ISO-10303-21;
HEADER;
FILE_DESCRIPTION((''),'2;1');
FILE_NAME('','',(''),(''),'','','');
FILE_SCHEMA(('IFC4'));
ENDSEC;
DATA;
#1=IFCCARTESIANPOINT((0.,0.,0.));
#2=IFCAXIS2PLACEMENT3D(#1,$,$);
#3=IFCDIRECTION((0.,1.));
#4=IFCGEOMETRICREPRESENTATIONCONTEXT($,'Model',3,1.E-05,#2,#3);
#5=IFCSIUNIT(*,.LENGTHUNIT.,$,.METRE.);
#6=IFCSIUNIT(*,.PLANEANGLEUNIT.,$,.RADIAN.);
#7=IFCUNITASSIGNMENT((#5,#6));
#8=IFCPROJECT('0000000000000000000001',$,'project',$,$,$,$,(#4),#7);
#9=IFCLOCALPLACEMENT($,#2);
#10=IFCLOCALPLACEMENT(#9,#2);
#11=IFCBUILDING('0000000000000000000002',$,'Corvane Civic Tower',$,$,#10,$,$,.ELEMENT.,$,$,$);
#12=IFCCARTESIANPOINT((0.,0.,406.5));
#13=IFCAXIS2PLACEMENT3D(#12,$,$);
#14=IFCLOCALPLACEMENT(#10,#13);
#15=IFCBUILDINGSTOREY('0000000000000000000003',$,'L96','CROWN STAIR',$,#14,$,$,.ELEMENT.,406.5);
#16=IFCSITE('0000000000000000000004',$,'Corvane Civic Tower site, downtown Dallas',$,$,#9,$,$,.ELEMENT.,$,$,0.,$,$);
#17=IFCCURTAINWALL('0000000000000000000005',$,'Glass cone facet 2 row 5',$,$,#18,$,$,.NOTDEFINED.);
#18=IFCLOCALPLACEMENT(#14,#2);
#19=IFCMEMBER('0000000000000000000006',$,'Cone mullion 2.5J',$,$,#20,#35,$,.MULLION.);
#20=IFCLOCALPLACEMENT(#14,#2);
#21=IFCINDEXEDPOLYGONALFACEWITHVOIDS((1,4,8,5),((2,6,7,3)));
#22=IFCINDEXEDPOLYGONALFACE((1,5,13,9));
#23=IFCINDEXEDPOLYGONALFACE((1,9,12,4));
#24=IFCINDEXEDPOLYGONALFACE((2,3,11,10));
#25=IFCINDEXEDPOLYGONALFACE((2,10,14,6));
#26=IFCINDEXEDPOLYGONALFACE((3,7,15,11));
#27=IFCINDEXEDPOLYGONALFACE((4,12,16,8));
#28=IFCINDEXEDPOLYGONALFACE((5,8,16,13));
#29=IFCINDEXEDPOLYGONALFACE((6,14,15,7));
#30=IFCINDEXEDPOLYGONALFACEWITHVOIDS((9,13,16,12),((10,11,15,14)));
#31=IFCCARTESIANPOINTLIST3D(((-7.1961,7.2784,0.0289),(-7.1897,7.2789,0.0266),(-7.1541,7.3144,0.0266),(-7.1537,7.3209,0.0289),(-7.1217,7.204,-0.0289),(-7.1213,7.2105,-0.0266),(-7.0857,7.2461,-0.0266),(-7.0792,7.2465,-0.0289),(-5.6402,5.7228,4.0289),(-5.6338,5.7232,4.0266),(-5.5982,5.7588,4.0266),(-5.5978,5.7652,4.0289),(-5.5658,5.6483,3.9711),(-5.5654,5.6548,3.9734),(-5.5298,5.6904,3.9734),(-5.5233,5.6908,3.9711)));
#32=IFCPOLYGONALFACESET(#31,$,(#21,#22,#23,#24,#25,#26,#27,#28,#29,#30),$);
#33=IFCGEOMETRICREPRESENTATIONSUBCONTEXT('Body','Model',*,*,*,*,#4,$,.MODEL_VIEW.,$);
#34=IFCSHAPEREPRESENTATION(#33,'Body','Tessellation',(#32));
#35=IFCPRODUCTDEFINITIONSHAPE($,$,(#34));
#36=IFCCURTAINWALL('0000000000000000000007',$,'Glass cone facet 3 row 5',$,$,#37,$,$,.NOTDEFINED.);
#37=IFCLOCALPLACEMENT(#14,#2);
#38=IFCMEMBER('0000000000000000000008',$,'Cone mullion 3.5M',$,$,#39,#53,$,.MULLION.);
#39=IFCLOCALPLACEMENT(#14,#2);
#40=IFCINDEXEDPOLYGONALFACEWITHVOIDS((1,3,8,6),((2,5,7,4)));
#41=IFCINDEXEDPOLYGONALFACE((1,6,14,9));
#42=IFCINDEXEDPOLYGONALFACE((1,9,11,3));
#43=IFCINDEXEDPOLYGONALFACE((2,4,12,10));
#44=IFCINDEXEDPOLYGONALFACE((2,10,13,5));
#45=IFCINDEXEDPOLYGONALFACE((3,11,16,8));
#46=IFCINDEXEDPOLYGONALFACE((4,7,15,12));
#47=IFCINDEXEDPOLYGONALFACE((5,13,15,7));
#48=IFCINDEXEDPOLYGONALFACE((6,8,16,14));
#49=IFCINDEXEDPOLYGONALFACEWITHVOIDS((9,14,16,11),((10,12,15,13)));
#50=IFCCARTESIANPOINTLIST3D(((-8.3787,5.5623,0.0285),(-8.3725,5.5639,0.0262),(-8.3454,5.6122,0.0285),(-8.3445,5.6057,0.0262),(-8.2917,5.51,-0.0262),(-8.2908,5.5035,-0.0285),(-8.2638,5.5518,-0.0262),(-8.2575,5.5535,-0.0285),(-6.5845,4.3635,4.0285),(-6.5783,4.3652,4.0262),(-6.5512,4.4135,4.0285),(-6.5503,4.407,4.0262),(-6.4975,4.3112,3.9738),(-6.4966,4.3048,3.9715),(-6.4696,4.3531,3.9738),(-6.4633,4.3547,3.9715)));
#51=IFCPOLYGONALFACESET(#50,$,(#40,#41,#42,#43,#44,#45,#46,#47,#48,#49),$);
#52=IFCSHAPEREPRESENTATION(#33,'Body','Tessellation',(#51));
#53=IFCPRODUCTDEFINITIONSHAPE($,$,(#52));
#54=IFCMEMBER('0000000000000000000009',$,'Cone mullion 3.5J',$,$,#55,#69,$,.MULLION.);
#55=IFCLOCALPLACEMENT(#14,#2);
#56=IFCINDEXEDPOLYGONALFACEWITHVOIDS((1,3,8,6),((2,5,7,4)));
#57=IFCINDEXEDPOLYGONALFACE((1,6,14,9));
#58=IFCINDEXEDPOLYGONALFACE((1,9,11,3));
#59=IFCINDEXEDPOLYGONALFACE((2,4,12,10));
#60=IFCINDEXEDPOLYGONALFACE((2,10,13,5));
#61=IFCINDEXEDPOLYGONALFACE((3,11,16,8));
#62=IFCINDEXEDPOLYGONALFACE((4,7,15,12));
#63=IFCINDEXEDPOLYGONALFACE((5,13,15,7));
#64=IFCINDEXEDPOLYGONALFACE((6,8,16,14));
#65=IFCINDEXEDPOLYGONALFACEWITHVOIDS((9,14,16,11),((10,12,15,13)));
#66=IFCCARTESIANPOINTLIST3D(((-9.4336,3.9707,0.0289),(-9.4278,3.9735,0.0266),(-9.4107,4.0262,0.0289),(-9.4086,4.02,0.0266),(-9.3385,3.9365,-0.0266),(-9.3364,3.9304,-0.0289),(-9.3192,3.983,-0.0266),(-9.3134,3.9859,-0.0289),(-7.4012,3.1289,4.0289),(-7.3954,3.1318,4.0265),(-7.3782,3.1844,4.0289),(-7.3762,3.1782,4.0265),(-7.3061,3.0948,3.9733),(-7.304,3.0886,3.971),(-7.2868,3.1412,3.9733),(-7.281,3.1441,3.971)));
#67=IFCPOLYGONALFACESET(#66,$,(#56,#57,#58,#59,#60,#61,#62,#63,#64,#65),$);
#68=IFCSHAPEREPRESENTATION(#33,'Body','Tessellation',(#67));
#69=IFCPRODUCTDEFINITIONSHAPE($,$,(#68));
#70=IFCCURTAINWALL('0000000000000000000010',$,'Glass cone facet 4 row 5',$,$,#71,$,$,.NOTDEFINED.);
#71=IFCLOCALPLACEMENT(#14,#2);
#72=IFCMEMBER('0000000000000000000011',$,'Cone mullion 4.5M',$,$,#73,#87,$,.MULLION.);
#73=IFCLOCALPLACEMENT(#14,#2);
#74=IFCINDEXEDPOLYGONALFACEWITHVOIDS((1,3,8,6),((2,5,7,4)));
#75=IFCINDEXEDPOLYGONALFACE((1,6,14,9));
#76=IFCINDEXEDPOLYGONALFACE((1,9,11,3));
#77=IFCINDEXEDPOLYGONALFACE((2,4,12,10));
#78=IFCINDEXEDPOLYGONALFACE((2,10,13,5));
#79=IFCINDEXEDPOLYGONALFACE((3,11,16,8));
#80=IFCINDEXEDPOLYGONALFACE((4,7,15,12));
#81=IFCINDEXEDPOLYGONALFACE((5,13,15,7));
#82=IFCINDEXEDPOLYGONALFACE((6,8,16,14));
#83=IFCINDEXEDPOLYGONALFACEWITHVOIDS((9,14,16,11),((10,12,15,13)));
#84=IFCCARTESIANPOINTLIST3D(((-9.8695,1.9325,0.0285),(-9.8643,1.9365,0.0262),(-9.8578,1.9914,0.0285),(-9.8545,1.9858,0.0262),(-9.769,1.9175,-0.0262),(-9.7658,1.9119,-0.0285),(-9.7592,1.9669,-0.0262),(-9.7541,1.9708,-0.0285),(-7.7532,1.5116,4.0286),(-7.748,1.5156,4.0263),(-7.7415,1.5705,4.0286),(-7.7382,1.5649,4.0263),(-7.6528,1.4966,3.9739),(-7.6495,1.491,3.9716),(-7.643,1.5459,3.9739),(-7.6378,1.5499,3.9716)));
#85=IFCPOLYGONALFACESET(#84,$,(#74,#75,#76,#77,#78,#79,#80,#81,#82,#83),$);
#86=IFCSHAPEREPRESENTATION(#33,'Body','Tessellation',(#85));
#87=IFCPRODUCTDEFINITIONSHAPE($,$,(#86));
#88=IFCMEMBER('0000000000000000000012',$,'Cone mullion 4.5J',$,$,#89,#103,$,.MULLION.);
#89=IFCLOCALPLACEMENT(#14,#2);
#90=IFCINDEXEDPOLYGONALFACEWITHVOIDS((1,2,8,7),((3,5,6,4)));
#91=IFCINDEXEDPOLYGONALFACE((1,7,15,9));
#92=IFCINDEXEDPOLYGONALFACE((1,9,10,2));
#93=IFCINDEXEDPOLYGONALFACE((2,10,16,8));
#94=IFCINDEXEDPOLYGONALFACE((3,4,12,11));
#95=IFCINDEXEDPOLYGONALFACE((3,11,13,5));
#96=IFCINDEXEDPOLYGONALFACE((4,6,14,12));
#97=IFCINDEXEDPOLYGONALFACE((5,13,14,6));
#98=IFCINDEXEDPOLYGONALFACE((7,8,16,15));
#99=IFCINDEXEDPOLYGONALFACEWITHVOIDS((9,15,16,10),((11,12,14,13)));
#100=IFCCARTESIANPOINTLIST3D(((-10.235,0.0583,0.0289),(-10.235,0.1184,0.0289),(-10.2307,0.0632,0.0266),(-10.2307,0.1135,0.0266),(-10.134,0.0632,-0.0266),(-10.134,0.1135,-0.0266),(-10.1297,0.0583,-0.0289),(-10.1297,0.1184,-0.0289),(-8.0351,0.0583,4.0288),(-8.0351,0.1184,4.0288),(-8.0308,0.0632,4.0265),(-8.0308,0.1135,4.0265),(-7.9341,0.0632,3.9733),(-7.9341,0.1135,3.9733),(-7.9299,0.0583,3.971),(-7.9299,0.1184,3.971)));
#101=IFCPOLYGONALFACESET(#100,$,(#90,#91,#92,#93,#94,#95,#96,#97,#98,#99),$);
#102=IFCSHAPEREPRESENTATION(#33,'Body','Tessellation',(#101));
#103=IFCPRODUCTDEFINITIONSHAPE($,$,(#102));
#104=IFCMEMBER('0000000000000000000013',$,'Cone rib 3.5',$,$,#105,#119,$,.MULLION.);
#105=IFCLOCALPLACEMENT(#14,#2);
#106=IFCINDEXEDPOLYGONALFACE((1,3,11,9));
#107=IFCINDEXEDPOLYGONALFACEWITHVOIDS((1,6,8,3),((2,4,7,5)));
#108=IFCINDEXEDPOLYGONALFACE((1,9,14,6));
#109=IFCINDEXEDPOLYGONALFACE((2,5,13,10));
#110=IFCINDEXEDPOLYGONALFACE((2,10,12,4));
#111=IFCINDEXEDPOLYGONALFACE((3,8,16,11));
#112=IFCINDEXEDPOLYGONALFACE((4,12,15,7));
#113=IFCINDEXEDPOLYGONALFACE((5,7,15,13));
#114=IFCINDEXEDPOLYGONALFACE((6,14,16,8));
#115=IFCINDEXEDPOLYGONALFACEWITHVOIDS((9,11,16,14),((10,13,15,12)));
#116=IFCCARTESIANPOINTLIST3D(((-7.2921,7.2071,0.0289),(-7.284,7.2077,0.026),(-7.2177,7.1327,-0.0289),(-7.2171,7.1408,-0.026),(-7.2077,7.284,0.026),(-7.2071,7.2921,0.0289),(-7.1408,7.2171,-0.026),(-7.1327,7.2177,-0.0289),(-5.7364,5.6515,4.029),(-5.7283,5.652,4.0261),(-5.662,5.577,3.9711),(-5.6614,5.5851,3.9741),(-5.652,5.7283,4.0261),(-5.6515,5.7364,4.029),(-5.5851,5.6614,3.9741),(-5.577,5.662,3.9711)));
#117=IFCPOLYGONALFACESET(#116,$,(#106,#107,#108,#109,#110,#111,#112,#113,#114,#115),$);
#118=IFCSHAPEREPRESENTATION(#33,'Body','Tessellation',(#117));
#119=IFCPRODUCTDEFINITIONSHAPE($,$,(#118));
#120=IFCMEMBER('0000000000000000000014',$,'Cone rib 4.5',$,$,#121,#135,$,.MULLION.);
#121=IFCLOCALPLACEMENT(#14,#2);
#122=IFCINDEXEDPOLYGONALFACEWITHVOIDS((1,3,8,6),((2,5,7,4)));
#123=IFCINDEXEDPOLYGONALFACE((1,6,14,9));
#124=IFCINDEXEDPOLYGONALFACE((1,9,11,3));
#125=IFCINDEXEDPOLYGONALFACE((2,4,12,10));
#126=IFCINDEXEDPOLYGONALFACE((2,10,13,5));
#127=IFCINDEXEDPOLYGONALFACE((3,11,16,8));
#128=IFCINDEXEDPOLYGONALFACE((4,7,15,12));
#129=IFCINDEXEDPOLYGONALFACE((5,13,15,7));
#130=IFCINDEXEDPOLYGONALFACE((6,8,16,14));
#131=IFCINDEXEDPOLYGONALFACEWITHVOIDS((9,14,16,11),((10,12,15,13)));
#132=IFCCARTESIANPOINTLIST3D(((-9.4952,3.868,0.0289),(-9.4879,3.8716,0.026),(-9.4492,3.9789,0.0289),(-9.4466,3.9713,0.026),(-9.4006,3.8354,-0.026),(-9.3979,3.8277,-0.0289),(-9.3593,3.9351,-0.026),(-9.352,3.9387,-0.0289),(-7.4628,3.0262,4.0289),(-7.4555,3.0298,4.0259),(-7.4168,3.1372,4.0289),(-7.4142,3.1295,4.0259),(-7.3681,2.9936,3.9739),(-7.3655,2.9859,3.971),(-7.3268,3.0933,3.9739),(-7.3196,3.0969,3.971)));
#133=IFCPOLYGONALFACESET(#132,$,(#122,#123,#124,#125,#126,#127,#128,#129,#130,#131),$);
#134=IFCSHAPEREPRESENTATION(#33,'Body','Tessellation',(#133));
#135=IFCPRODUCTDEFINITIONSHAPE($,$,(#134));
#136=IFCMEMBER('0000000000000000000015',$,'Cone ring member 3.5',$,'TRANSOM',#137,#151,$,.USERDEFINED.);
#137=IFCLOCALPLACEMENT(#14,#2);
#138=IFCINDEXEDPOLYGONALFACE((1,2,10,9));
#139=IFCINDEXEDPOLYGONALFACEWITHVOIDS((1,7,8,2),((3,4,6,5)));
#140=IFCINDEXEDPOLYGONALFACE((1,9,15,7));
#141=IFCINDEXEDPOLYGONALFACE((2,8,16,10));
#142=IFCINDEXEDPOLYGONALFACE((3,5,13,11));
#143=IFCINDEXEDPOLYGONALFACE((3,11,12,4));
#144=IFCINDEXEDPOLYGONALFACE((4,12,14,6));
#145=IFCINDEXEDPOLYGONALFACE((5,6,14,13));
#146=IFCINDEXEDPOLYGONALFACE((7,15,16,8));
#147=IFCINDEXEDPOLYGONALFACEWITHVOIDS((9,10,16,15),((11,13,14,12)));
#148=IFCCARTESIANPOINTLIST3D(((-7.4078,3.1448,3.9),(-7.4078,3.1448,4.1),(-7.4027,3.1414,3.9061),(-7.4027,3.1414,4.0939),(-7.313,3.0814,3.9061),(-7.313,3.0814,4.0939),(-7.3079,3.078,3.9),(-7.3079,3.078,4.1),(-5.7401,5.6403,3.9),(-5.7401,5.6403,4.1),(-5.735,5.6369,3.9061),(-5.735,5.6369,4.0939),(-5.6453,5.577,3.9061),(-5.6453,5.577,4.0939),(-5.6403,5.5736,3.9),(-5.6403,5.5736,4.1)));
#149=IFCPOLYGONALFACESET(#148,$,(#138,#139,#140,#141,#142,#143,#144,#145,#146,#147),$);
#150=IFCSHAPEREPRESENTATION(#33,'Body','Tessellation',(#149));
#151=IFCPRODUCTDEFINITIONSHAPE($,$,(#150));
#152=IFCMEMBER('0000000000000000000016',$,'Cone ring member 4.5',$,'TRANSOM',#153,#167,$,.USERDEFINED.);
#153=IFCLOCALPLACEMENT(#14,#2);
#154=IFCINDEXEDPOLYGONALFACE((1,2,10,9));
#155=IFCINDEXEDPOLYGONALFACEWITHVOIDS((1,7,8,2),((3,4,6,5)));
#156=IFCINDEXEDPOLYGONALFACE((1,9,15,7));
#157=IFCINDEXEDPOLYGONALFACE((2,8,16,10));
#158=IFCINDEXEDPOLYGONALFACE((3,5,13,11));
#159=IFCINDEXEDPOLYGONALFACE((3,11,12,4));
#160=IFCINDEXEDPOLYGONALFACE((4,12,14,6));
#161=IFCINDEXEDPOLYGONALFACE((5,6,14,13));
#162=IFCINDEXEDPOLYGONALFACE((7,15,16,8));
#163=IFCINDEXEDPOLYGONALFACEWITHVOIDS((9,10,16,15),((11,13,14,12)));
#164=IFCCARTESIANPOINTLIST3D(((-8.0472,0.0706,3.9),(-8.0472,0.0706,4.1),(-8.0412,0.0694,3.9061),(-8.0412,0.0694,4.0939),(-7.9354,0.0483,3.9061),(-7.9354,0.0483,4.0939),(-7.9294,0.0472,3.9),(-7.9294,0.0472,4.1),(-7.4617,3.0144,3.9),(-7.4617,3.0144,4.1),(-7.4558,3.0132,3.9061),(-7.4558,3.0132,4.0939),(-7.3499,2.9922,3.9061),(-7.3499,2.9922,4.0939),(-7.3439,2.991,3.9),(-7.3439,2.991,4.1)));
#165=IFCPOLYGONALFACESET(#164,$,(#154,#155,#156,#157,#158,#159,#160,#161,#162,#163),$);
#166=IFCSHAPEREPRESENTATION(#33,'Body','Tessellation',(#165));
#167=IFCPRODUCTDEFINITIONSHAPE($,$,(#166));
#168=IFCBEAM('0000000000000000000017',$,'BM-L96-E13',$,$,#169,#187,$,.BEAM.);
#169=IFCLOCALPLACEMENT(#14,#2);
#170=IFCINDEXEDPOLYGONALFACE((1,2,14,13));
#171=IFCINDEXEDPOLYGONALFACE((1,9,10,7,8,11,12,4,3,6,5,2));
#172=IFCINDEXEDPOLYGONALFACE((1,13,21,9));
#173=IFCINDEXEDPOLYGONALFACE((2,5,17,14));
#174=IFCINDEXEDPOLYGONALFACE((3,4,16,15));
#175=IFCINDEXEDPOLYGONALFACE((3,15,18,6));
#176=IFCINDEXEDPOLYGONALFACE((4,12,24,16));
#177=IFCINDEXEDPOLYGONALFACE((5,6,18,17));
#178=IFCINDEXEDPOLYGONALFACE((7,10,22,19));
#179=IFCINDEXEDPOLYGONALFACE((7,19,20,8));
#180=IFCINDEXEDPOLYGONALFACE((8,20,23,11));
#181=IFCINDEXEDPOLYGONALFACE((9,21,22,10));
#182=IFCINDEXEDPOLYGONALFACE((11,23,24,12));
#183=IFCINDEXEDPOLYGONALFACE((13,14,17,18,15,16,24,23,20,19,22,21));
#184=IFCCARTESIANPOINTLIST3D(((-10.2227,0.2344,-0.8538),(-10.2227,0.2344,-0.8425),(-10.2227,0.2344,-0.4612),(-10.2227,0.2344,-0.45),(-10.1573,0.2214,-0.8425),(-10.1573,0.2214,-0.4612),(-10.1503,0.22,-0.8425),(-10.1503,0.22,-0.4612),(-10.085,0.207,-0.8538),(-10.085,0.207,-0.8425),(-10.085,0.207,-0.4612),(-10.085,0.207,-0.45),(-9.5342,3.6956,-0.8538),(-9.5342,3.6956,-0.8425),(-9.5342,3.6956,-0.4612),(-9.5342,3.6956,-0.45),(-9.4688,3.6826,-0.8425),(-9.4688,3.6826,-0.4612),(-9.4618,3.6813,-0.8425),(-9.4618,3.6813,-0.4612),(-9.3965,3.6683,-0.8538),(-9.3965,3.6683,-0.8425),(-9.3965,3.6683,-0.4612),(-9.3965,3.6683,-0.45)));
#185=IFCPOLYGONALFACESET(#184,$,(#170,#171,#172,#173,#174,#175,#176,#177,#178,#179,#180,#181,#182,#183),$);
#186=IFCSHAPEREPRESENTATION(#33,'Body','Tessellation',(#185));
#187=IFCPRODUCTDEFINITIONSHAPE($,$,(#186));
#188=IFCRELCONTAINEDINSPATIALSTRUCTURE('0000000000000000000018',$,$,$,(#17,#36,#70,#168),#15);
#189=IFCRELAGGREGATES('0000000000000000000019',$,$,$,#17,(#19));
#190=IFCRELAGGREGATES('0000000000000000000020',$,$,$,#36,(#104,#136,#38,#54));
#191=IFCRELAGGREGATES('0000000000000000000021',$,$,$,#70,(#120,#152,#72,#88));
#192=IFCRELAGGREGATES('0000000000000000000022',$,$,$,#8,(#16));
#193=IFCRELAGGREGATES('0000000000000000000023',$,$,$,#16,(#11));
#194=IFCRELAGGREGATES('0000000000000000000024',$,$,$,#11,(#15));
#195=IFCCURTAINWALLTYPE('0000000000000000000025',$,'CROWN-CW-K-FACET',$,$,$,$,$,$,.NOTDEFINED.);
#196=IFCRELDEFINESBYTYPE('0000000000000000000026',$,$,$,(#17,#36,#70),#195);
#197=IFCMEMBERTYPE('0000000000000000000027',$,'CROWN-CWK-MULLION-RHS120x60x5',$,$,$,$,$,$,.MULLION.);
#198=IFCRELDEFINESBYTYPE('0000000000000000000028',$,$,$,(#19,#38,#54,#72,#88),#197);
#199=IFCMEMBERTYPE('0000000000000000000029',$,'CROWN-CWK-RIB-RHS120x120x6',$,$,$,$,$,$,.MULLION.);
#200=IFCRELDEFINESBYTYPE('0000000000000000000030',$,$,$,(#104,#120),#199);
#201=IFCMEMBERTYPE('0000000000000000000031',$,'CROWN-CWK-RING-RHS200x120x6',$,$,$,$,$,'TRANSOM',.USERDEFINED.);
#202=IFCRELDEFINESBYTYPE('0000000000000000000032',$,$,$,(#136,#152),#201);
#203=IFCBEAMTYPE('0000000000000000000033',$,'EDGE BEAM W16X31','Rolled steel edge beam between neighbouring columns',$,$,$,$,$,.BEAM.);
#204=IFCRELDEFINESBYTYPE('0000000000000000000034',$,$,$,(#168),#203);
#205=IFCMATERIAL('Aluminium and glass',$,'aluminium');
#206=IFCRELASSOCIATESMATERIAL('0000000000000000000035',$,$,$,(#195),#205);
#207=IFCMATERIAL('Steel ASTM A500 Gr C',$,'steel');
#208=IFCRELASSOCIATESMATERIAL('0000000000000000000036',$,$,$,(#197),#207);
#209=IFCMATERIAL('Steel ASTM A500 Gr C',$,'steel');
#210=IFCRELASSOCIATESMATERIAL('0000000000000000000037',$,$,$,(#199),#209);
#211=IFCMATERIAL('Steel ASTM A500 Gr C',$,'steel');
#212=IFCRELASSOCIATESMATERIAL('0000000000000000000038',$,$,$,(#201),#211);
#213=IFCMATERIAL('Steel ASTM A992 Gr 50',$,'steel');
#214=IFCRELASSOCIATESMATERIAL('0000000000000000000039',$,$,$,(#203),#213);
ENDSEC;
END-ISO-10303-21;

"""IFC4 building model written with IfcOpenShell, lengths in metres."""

from ifc_helpers import new_model, si_unit, direction, frame, origin, origin_2d, place, context, subcontext, project, spatial, hollow_rectangle, i_section, extrude, material, material_profile, profile_set, type_object, element, aggregate, save


model = new_model("IFC4")

# Units and contexts
model_context = context("Model", 3, precision=1e-05, world=origin(), true_north=direction((0.0, 1.0)))
body_context = subcontext(model_context, "Body", "Model", "MODEL_VIEW")
ifc_project = project(units=[si_unit("LENGTHUNIT", "METRE"), si_unit("PLANEANGLEUNIT", "RADIAN")], contexts=[model_context])

# Site, building, storey
site_placement = place(None, origin())
site = spatial("IfcSite", under=ifc_project, at=site_placement, Name="Corvane Civic Tower site, downtown Dallas", CompositionType="ELEMENT", RefElevation=0.0)
building_placement = place(site_placement, origin())
building = spatial("IfcBuilding", under=site, at=building_placement, Name="Corvane Civic Tower", CompositionType="ELEMENT")
storey_placement = place(building_placement, frame((0.0, 0.0, 406.5)))
storey = spatial("IfcBuildingStorey", under=building, at=storey_placement, Name="L96", Description="CROWN STAIR", CompositionType="ELEMENT", Elevation=406.5)

# Curtain walls, members
ifc_material_1 = material(Name="Aluminium and glass", Category="aluminium")
curtain_wall_type = type_object("IfcCurtainWallType", Name="CROWN-CW-K-FACET", PredefinedType="NOTDEFINED", material=ifc_material_1)
curtain_wall_1_placement = place(storey_placement, origin())
curtain_wall_1 = element("IfcCurtainWall", 1, at=curtain_wall_1_placement, inside=storey, type_object=curtain_wall_type, Name="Glass cone facet 2 row 5", PredefinedType="NOTDEFINED")
ifc_material_2 = material(Name="Steel ASTM A500 Gr C", Category="steel")
ifc_material_profile_1 = material_profile(ifc_material_2, hollow_rectangle(XDim=0.0601, YDim=0.1201, WallThickness=0.0049, at=origin_2d()), Name="RHS 120x60x5")
ifc_profile_set_1 = profile_set([ifc_material_profile_1], Name="Steel ASTM A500 Gr C")
member_type_1 = type_object("IfcMemberType", Name="CROWN-CWK-MULLION-RHS120x60x5", PredefinedType="MULLION", material=ifc_profile_set_1)
member_1_placement = place(storey_placement, frame((-7.1377, 7.2625, 0.0), z_axis=(0.34082, -0.340767, 0.876196), x_axis=(0.707051, 0.707162, 0.0)))
member_1 = element("IfcMember", 2, at=member_1_placement, type_object=member_type_1, Name="Cone mullion 2.5J", PredefinedType="MULLION", context=body_context, shape_type="SweptSolid", body=[
    extrude(hollow_rectangle(XDim=0.0601, YDim=0.1201, WallThickness=0.0049, at=origin_2d()), origin(), (0.0, 0.0, 1.0), 4.5652),
])
aggregate(curtain_wall_1, [member_1])
curtain_wall_2_placement = place(storey_placement, origin())
curtain_wall_2 = element("IfcCurtainWall", 3, at=curtain_wall_2_placement, inside=storey, type_object=curtain_wall_type, Name="Glass cone facet 3 row 5", PredefinedType="NOTDEFINED")
member_2_placement = place(storey_placement, frame((-8.3181, 5.5579, 0.0), z_axis=(0.39477, -0.263753, 0.880108), x_axis=(0.555535, 0.831493, 0.0)))
member_2 = element("IfcMember", 4, at=member_2_placement, type_object=member_type_1, Name="Cone mullion 3.5M", PredefinedType="MULLION", context=body_context, shape_type="SweptSolid", body=[
    extrude(hollow_rectangle(XDim=0.0601, YDim=0.1201, WallThickness=0.0049, at=origin_2d()), origin(), (0.0, 0.0, 1.0), 4.5449),
])
member_3_placement = place(storey_placement, frame((-9.3735, 3.9783, 0.0), z_axis=(0.445226, -0.184401, 0.876225), x_axis=(0.382652, 0.923892, 0.0)))
member_3 = element("IfcMember", 5, at=member_3_placement, type_object=member_type_1, Name="Cone mullion 3.5J", PredefinedType="MULLION", context=body_context, shape_type="SweptSolid", body=[
    extrude(hollow_rectangle(XDim=0.0601, YDim=0.1201, WallThickness=0.0049, at=origin_2d()), origin(), (0.0, 0.0, 1.0), 4.5649),
])
curtain_wall_3_placement = place(storey_placement, origin())
curtain_wall_3 = element("IfcCurtainWall", 6, at=curtain_wall_3_placement, inside=storey, type_object=curtain_wall_type, Name="Glass cone facet 4 row 5", PredefinedType="NOTDEFINED")
member_4_placement = place(storey_placement, frame((-9.8118, 1.9517, 0.0), z_axis=(0.46563, -0.09261, 0.88012), x_axis=(0.195072, 0.980789, 0.0)))
member_4 = element("IfcMember", 7, at=member_4_placement, type_object=member_type_1, Name="Cone mullion 4.5M", PredefinedType="MULLION", context=body_context, shape_type="SweptSolid", body=[
    extrude(hollow_rectangle(XDim=0.0601, YDim=0.1201, WallThickness=0.0049, at=origin_2d()), origin(), (0.0, 0.0, 1.0), 4.5449),
])
member_5_placement = place(storey_placement, frame((-10.1824, 0.0884, 0.0), z_axis=(0.481911, 0.0, 0.87622), x_axis=(0.0, 1.0, 0.0)))
member_5 = element("IfcMember", 8, at=member_5_placement, type_object=member_type_1, Name="Cone mullion 4.5J", PredefinedType="MULLION", context=body_context, shape_type="SweptSolid", body=[
    extrude(hollow_rectangle(XDim=0.0601, YDim=0.1201, WallThickness=0.0049, at=origin_2d()), origin(), (0.0, 0.0, 1.0), 4.5649),
])

# Members
ifc_material_3 = material(Name="Steel ASTM A500 Gr C", Category="steel")
ifc_material_profile_2 = material_profile(ifc_material_3, hollow_rectangle(XDim=0.1201, YDim=0.1201, WallThickness=0.0061, at=origin_2d()), Name="RHS 120x120x6")
ifc_profile_set_2 = profile_set([ifc_material_profile_2], Name="Steel ASTM A500 Gr C")
member_type_2 = type_object("IfcMemberType", Name="CROWN-CWK-RIB-RHS120x120x6", PredefinedType="MULLION", material=ifc_profile_set_2)
member_6_placement = place(storey_placement, frame((-7.2124, 7.2124, 0.0), z_axis=(0.340773, -0.340773, 0.876212), x_axis=(0.707107, 0.707107, 0.0)))
member_6 = element("IfcMember", 9, at=member_6_placement, type_object=member_type_2, Name="Cone rib 3.5", PredefinedType="MULLION", context=body_context, shape_type="SweptSolid", body=[
    extrude(hollow_rectangle(XDim=0.1201, YDim=0.1201, WallThickness=0.0061, at=origin_2d()), origin(), (0.0, 0.0, 1.0), 4.5652),
])
member_7_placement = place(storey_placement, frame((-9.4236, 3.9033, 0.0), z_axis=(0.445226, -0.184401, 0.876225), x_axis=(0.382652, 0.923892, 0.0)))
member_7 = element("IfcMember", 10, at=member_7_placement, type_object=member_type_2, Name="Cone rib 4.5", PredefinedType="MULLION", context=body_context, shape_type="SweptSolid", body=[
    extrude(hollow_rectangle(XDim=0.1201, YDim=0.1201, WallThickness=0.0061, at=origin_2d()), origin(), (0.0, 0.0, 1.0), 4.5649),
])
ifc_material_4 = material(Name="Steel ASTM A500 Gr C", Category="steel")
ifc_material_profile_3 = material_profile(ifc_material_4, hollow_rectangle(XDim=0.1201, YDim=0.2, WallThickness=0.0061, at=origin_2d()), Name="RHS 200x120x6")
ifc_profile_set_3 = profile_set([ifc_material_profile_3], Name="Steel ASTM A500 Gr C")
member_type_3 = type_object("IfcMemberType", Name="CROWN-CWK-RING-RHS200x120x6", ElementType="TRANSOM", PredefinedType="USERDEFINED", material=ifc_profile_set_3)
member_8_placement = place(storey_placement, frame((-5.6902, 5.6069, 4.0), z_axis=(-0.55562, -0.831437, 0.0), x_axis=(0.831437, -0.55562, 0.0)))
member_8 = element("IfcMember", 11, at=member_8_placement, type_object=member_type_3, Name="Cone ring member 3.5", ObjectType="TRANSOM", PredefinedType="USERDEFINED", context=body_context, shape_type="SweptSolid", body=[
    extrude(hollow_rectangle(XDim=0.1201, YDim=0.2, WallThickness=0.0061, at=origin_2d()), origin(), (0.0, 0.0, 1.0), 3.0015),
])
member_9_placement = place(storey_placement, frame((-7.4028, 3.0027, 4.0), z_axis=(-0.195052, -0.980793, 0.0), x_axis=(0.980793, -0.195052, 0.0)))
member_9 = element("IfcMember", 12, at=member_9_placement, type_object=member_type_3, Name="Cone ring member 4.5", ObjectType="TRANSOM", PredefinedType="USERDEFINED", context=body_context, shape_type="SweptSolid", body=[
    extrude(hollow_rectangle(XDim=0.1201, YDim=0.2, WallThickness=0.0061, at=origin_2d()), origin(), (0.0, 0.0, 1.0), 3.0015),
])

# Beam
ifc_material_5 = material(Name="Steel ASTM A992 Gr 50", Category="steel")
ifc_material_profile_4 = material_profile(ifc_material_5, i_section(OverallWidth=0.1404, OverallDepth=0.4038, WebThickness=0.0071, FlangeThickness=0.0112, at=origin_2d()), Name="W16X31")
ifc_profile_set_4 = profile_set([ifc_material_profile_4], Name="Steel ASTM A992 Gr 50")
beam_type = type_object("IfcBeamType", Name="EDGE BEAM W16X31", Description="Rolled steel edge beam between neighbouring columns", PredefinedType="BEAM", material=ifc_profile_set_4)
for number, where, z_axis, x_axis, name in (
    (13, (-10.1538, 0.2207, -0.6519), (0.195092, 0.980785, 0.0), (-0.980785, 0.195092, 0.0), "BM-L96-E13"),
):
    element("IfcBeam", number, at=place(storey_placement, frame(where, z_axis=z_axis, x_axis=x_axis)), inside=storey, type_object=beam_type, Name=name, PredefinedType="BEAM", context=body_context, shape_type="SweptSolid", body=[
        extrude(i_section(OverallWidth=0.1404, OverallDepth=0.4038, WebThickness=0.0071, FlangeThickness=0.0112, at=origin_2d()), origin(), (0.0, 0.0, 1.0), 3.5291),
    ])

aggregate(curtain_wall_2, [member_6, member_8, member_2, member_3])
aggregate(curtain_wall_3, [member_7, member_9, member_4, member_5])

save(model, "model.ifc")
